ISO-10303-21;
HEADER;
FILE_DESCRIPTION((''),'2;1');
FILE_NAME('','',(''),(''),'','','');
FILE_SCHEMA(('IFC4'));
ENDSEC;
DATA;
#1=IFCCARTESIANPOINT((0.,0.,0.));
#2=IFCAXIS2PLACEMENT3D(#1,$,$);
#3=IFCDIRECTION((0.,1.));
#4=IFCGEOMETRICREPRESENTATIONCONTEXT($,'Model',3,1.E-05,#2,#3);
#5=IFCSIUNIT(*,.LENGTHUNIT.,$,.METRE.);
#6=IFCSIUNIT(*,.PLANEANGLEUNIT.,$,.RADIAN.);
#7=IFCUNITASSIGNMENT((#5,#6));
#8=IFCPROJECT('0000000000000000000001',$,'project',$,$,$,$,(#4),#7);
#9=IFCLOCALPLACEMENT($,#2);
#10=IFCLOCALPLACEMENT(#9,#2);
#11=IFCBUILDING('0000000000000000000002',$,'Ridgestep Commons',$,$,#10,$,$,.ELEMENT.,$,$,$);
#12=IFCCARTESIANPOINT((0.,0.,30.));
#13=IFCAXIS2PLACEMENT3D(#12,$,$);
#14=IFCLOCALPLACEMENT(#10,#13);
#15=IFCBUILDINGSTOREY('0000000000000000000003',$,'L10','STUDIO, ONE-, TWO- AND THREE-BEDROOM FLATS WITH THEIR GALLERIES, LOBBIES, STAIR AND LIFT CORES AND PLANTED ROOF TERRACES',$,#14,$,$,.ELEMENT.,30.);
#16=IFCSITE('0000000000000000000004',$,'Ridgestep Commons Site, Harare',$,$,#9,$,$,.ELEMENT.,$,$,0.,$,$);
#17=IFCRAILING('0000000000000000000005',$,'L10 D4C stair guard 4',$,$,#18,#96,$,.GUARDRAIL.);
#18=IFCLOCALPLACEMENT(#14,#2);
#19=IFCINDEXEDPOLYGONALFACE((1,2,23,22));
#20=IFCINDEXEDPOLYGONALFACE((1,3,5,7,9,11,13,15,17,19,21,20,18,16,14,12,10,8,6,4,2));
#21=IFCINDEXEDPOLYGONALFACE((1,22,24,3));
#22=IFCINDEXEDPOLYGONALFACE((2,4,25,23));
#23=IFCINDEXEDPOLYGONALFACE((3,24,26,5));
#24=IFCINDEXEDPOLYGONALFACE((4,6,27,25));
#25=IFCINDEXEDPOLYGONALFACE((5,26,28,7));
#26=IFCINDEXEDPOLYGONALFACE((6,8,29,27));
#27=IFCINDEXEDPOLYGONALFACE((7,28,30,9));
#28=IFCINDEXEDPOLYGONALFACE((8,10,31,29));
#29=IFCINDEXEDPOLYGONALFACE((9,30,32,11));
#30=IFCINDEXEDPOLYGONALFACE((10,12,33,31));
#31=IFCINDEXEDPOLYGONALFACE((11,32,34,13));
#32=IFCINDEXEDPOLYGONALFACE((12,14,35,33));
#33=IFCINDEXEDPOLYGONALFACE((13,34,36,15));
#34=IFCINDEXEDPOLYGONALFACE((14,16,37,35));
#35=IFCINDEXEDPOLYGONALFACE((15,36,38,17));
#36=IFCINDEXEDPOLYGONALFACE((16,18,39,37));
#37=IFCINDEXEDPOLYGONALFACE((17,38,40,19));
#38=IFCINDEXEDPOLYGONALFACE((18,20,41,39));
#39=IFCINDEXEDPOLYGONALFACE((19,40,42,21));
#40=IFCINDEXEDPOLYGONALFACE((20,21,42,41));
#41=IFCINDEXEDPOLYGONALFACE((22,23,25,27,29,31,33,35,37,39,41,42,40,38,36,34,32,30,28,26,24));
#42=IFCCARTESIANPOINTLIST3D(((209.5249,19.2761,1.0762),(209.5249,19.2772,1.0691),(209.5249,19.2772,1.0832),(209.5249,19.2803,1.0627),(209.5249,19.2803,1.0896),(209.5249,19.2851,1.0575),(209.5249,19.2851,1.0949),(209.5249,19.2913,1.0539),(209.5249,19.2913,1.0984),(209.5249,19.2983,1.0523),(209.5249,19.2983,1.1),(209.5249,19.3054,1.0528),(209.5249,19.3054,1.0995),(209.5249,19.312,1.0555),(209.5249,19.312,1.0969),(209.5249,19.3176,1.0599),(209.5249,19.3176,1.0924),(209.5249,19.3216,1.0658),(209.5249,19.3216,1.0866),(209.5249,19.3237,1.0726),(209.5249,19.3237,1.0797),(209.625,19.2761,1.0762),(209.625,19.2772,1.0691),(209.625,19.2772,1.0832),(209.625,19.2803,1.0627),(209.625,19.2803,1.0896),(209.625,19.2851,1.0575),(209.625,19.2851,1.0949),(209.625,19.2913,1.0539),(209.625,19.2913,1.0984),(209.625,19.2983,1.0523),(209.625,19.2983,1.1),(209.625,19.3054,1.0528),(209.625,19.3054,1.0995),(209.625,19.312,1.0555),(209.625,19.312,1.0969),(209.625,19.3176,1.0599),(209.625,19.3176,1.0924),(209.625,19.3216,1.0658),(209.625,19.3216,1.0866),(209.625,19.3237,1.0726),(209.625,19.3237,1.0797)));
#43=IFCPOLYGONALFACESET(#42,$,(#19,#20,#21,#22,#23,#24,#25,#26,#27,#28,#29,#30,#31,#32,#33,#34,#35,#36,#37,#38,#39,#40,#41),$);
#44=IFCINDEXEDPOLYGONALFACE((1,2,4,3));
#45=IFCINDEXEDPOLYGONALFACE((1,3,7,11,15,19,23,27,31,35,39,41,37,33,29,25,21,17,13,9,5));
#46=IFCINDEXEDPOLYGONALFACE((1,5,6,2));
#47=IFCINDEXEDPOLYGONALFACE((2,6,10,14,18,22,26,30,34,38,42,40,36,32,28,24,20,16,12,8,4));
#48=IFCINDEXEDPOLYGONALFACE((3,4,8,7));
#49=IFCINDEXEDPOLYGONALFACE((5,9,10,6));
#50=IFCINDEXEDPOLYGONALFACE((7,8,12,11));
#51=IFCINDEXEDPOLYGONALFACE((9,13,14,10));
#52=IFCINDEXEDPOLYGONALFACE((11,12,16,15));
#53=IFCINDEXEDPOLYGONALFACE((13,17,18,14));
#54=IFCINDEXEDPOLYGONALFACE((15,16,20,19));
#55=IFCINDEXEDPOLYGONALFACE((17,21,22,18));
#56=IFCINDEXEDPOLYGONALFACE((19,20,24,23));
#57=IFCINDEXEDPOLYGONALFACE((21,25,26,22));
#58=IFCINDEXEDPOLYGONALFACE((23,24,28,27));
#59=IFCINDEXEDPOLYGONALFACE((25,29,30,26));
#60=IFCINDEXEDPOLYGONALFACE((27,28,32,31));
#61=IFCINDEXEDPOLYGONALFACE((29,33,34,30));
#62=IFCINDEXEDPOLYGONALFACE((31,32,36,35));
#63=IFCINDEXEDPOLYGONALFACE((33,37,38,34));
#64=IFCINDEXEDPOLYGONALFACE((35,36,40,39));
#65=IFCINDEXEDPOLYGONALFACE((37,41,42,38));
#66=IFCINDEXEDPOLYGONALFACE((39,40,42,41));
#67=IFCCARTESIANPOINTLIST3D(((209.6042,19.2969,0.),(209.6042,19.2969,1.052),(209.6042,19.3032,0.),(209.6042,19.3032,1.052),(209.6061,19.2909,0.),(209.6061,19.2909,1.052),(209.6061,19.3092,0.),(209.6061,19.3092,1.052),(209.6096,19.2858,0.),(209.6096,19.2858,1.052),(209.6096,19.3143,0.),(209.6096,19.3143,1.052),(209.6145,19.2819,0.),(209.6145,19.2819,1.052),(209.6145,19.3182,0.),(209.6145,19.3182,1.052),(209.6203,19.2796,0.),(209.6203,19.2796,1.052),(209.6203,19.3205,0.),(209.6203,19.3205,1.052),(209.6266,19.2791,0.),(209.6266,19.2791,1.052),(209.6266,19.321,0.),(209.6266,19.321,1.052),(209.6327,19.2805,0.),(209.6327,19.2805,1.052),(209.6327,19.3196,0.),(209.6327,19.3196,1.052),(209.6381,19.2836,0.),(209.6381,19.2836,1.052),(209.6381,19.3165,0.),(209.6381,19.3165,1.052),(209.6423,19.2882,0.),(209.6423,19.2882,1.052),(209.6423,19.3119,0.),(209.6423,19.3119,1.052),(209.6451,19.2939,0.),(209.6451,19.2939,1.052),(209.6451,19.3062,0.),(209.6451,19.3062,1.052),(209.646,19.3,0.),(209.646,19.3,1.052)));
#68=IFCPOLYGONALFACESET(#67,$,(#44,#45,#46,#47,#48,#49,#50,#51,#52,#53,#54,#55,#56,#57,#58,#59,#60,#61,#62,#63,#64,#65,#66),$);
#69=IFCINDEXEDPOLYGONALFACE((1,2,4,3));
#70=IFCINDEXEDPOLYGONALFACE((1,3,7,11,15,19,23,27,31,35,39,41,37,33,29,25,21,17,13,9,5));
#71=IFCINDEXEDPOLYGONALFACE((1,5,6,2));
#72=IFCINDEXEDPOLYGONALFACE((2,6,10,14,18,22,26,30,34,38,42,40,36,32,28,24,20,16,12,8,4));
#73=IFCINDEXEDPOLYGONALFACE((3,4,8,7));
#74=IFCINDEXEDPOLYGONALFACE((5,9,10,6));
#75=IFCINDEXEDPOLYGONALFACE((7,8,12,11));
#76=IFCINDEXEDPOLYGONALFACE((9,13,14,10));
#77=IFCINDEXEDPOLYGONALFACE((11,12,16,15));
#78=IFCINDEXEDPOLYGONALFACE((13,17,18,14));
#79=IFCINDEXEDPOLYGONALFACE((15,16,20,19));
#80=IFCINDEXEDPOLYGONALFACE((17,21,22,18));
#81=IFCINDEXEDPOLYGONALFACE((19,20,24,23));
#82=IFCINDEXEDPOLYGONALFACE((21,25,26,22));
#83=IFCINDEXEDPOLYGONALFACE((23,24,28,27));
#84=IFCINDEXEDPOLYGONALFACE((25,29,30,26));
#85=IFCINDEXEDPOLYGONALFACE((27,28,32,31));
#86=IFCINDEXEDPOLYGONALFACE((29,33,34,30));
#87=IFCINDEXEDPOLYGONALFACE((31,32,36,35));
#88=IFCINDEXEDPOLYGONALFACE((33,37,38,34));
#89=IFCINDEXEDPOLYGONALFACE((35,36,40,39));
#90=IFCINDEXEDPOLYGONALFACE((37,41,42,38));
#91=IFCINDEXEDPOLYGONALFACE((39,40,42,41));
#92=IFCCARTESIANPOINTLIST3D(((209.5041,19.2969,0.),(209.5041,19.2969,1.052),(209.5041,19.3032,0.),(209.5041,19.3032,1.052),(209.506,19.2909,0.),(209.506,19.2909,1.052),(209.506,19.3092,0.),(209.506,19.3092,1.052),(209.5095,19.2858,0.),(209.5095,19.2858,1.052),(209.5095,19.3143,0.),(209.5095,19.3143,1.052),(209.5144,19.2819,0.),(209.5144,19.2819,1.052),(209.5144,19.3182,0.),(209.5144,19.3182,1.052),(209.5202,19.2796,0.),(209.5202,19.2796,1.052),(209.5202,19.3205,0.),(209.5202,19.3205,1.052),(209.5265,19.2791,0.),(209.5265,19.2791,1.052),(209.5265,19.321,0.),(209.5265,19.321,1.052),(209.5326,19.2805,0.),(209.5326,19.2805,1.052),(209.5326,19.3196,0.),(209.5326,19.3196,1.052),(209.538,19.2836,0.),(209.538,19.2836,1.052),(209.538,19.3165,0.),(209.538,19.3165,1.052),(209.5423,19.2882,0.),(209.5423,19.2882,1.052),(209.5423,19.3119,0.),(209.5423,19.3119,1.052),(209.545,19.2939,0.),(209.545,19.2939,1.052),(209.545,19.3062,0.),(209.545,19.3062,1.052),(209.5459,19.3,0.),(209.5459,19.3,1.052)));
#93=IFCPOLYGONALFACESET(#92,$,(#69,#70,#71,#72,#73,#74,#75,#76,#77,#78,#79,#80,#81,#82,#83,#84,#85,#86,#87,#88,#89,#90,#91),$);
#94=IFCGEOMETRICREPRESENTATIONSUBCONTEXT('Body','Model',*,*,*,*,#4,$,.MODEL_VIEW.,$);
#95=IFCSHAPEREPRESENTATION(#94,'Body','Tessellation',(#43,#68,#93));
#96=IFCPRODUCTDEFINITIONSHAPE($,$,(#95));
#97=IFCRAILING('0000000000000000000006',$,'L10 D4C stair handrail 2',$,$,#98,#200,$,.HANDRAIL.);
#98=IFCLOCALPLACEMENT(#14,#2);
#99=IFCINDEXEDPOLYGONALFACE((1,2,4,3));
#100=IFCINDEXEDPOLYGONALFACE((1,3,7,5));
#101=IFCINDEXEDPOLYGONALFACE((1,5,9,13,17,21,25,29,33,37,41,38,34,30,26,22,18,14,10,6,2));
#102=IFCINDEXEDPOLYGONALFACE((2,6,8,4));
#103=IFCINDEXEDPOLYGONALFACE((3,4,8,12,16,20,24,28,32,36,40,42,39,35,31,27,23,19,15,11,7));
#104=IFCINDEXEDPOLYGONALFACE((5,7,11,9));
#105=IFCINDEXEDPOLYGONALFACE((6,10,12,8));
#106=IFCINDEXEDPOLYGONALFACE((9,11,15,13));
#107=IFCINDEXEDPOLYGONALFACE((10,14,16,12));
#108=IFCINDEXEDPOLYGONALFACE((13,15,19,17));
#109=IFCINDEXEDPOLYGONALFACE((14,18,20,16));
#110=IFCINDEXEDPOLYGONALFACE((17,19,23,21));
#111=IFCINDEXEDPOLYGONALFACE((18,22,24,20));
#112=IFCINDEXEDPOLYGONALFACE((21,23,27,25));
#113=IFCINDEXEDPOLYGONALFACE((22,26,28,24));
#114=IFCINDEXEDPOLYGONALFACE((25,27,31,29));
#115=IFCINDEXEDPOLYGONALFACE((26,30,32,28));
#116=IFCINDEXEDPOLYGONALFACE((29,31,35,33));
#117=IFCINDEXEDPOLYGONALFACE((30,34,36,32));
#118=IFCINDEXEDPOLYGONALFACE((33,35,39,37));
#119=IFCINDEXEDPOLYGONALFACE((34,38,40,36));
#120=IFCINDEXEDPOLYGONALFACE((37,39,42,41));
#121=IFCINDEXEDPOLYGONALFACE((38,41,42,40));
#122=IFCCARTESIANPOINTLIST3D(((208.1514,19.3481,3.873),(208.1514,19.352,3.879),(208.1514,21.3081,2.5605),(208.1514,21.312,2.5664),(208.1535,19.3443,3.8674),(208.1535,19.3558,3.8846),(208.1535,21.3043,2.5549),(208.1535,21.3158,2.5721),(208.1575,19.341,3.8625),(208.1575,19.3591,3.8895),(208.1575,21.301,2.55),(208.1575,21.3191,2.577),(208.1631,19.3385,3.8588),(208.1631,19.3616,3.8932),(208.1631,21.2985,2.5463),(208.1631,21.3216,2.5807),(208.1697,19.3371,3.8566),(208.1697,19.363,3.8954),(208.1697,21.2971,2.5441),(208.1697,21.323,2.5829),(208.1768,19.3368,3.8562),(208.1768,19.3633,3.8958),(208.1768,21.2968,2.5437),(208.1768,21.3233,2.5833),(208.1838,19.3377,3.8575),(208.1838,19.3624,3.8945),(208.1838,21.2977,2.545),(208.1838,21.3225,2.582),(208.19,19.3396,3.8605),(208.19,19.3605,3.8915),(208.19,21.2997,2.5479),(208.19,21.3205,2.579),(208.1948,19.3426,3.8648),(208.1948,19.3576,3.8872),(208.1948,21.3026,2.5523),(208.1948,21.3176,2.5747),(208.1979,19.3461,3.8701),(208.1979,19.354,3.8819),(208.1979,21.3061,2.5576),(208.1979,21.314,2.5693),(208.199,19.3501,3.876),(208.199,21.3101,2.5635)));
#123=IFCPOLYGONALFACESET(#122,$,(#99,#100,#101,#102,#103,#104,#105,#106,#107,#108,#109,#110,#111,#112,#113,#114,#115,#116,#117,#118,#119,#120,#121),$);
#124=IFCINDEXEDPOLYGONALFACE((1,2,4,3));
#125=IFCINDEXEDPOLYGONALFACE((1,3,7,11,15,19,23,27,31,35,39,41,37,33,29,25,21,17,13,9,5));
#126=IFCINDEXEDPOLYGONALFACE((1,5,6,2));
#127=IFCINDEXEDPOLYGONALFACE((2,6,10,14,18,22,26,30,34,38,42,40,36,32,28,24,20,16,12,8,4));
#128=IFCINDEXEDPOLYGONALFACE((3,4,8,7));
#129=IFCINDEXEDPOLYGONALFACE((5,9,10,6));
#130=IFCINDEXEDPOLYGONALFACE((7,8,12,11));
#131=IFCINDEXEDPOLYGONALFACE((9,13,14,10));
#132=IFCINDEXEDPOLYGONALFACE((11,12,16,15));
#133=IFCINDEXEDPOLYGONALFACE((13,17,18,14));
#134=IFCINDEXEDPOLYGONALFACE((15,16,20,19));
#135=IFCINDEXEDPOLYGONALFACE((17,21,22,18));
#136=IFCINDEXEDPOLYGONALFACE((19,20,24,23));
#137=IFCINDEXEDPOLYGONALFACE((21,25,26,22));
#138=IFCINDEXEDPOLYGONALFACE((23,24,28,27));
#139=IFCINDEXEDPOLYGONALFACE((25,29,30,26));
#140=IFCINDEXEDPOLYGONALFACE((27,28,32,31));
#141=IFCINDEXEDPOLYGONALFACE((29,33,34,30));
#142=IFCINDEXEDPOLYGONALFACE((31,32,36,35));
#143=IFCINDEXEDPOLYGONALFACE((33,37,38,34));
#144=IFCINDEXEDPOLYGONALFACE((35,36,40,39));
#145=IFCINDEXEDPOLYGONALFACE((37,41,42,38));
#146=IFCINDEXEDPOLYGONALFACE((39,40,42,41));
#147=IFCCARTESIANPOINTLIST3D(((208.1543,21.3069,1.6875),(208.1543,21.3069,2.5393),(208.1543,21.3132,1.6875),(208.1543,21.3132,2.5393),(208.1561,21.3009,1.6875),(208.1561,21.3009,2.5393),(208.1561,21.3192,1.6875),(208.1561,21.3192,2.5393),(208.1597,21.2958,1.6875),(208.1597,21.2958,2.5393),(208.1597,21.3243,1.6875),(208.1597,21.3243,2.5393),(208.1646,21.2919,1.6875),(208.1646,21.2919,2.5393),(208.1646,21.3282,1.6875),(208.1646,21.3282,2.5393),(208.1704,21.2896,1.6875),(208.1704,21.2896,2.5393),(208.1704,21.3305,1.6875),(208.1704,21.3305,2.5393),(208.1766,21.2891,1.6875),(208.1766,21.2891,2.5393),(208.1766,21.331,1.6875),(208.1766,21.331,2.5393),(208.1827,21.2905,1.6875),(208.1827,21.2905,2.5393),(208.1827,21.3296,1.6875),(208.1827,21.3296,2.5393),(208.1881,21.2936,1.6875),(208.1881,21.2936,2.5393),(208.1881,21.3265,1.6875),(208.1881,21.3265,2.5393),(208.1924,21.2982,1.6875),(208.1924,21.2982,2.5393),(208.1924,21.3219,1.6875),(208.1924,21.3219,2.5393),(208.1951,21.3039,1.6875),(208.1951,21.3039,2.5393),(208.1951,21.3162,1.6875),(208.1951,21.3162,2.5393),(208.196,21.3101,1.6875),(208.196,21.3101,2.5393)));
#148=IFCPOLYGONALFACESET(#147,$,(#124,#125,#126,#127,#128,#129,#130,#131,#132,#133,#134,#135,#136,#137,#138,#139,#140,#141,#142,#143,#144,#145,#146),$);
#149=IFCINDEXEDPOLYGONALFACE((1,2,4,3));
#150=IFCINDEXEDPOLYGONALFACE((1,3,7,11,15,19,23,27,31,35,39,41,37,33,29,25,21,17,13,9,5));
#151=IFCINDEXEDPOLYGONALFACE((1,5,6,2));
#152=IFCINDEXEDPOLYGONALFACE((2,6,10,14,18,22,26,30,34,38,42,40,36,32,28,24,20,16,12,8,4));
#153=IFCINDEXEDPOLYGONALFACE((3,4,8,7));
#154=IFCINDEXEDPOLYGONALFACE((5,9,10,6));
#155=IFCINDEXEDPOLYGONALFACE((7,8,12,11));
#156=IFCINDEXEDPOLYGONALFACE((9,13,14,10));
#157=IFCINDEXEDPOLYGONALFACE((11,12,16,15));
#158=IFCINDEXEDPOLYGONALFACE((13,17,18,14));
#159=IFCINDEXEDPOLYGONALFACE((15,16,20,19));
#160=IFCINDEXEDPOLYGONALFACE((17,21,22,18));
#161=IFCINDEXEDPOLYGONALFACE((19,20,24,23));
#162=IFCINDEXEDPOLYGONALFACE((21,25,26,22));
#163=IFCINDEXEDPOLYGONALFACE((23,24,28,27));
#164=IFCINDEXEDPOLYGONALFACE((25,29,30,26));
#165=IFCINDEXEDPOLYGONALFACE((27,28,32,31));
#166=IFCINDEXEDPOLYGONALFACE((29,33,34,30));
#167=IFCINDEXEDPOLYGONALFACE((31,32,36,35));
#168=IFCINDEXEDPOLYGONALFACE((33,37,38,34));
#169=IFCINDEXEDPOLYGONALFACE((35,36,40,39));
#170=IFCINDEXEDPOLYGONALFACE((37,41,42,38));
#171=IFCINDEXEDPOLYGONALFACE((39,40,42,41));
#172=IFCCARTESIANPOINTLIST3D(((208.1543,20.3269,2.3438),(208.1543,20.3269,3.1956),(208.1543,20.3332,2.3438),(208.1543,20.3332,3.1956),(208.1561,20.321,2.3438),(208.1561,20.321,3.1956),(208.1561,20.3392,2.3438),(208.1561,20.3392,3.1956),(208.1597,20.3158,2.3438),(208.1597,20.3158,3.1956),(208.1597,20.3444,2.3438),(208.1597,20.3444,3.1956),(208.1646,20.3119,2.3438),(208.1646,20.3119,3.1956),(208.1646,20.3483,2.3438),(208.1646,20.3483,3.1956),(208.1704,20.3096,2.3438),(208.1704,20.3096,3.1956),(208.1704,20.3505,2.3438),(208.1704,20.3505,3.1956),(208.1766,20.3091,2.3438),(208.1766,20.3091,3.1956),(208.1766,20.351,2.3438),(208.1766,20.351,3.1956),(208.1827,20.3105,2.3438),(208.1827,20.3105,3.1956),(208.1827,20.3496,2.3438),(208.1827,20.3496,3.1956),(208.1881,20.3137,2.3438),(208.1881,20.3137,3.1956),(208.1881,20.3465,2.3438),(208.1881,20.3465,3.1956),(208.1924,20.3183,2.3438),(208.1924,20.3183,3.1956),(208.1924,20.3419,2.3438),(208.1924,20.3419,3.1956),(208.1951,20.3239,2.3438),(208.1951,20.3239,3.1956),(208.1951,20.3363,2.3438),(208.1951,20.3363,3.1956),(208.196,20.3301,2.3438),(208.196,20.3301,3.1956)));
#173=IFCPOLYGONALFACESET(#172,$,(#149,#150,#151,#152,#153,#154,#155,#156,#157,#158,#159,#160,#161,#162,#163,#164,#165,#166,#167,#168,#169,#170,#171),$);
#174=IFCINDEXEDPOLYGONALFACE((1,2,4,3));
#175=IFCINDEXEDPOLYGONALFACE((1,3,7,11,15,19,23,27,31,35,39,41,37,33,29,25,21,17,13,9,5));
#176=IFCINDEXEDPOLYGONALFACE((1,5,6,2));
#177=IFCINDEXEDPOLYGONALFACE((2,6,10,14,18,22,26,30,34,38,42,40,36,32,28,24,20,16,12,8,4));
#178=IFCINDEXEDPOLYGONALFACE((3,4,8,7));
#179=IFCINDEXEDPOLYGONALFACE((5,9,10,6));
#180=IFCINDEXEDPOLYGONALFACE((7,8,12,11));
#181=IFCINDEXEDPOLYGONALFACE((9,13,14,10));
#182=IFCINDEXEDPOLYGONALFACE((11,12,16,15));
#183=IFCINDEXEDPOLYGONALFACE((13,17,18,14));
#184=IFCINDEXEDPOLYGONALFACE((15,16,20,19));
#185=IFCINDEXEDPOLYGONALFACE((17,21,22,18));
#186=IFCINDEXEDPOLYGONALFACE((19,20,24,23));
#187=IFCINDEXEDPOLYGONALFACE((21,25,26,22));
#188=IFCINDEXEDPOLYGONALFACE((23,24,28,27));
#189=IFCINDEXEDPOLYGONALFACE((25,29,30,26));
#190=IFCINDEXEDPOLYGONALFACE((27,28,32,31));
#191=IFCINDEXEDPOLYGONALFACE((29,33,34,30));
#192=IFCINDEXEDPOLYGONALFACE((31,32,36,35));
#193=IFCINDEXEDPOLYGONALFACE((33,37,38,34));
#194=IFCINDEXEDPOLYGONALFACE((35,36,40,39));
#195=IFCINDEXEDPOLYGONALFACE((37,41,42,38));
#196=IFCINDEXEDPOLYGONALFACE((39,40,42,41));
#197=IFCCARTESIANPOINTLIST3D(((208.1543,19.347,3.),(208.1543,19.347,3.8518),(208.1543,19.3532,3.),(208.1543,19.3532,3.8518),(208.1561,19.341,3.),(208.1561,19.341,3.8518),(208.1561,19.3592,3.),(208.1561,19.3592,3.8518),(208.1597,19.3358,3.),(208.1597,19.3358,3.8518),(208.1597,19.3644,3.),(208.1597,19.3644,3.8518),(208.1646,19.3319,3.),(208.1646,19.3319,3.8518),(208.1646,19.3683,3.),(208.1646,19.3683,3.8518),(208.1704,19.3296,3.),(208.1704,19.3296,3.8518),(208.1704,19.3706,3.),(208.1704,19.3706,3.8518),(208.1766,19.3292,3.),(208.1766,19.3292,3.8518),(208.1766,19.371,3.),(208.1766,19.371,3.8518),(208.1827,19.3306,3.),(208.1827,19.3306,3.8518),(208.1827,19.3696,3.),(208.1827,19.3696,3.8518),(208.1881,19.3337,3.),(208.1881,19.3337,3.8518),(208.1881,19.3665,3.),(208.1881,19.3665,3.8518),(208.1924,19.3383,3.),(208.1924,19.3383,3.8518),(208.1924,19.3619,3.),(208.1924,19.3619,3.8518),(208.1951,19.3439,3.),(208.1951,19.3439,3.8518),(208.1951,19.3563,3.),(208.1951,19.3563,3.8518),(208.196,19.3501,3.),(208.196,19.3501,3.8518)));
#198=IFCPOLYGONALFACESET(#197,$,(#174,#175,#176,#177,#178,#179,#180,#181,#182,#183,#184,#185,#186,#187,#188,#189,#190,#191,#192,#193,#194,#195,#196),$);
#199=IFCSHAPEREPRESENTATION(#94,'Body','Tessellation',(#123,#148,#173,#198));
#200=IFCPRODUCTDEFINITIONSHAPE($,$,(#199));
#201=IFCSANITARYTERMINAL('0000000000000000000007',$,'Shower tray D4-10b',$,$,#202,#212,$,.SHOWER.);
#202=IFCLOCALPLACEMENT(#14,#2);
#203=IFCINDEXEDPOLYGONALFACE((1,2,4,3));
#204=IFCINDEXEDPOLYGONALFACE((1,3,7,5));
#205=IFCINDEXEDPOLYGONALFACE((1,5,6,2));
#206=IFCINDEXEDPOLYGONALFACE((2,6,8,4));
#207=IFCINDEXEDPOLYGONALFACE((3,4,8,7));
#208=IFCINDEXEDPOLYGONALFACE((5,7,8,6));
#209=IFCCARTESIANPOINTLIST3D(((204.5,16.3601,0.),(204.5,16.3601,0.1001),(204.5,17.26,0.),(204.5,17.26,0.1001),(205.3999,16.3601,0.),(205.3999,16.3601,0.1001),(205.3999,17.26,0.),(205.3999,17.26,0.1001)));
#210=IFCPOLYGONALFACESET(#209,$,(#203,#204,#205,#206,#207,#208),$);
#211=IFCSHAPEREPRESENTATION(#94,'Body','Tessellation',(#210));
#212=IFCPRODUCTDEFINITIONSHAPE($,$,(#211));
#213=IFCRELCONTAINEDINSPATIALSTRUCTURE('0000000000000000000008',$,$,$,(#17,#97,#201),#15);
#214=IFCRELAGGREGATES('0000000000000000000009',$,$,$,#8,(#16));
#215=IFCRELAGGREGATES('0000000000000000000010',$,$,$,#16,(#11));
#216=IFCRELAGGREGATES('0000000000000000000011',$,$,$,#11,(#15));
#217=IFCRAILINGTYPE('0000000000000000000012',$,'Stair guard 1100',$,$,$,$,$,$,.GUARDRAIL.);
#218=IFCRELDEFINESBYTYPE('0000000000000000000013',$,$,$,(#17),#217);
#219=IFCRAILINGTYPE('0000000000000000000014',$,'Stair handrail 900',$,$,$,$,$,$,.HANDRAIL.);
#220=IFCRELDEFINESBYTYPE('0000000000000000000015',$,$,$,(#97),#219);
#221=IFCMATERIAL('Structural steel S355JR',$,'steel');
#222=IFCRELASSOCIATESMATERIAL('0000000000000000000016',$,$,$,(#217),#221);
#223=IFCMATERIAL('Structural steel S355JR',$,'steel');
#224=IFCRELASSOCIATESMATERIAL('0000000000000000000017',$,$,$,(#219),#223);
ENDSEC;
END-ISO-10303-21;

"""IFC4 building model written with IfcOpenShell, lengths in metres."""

from ifc_helpers import new_model, si_unit, direction, frame, origin, origin_2d, place, context, subcontext, project, spatial, rectangle, circle, extrude, material, type_object, element, save


model = new_model("IFC4")

# Units and contexts
model_context = context("Model", 3, precision=1e-05, world=origin(), true_north=direction((0.0, 1.0)))
body_context = subcontext(model_context, "Body", "Model", "MODEL_VIEW")
ifc_project = project(units=[si_unit("LENGTHUNIT", "METRE"), si_unit("PLANEANGLEUNIT", "RADIAN")], contexts=[model_context])

# Site, building, storey
site_placement = place(None, origin())
site = spatial("IfcSite", under=ifc_project, at=site_placement, Name="Ridgestep Commons Site, Harare", CompositionType="ELEMENT", RefElevation=0.0)
building_placement = place(site_placement, origin())
building = spatial("IfcBuilding", under=site, at=building_placement, Name="Ridgestep Commons", CompositionType="ELEMENT")
storey_placement = place(building_placement, frame((0.0, 0.0, 30.0)))
storey = spatial("IfcBuildingStorey", under=building, at=storey_placement, Name="L10", Description="STUDIO, ONE-, TWO- AND THREE-BEDROOM FLATS WITH THEIR GALLERIES, LOBBIES, STAIR AND LIFT CORES AND PLANTED ROOF TERRACES", CompositionType="ELEMENT", Elevation=30.0)

# Railings
ifc_material_1 = material(Name="Structural steel S355JR", Category="steel")
railing_type_1 = type_object("IfcRailingType", Name="Stair guard 1100", PredefinedType="GUARDRAIL", material=ifc_material_1)
railing_1_placement = place(storey_placement, frame((209.625, 19.3, 0.0)))
element("IfcRailing", 1, at=railing_1_placement, inside=storey, type_object=railing_type_1, Name="L10 D4C stair guard 4", PredefinedType="GUARDRAIL", context=body_context, shape_type="SweptSolid", body=[
    extrude(circle(Radius=0.0239, at=origin_2d()), frame((0.0, 0.0, 1.0762), z_axis=(-1.0, 0.0, 0.0), x_axis=(0.0, -1.0, 0.0)), (0.0, 0.0, 1.0), 0.1001),
    extrude(circle(Radius=0.021, at=origin_2d()), origin(), (0.0, 0.0, 1.0), 1.052),
    extrude(circle(Radius=0.021, at=origin_2d()), frame((-0.1001, 0.0, 0.0)), (0.0, 0.0, 1.0), 1.052),
])
ifc_material_2 = material(Name="Structural steel S355JR", Category="steel")
railing_type_2 = type_object("IfcRailingType", Name="Stair handrail 900", PredefinedType="HANDRAIL", material=ifc_material_2)
railing_2_placement = place(storey_placement, frame((208.175, 21.3101, 1.6875)))
element("IfcRailing", 2, at=railing_2_placement, inside=storey, type_object=railing_type_2, Name="L10 D4C stair handrail 2", PredefinedType="HANDRAIL", context=body_context, shape_type="SweptSolid", body=[
    extrude(circle(Radius=0.0239, at=origin_2d()), frame((0.0, 0.0, 0.876), z_axis=(0.0, -0.830902, 0.556419), x_axis=(1.0, 0.0, 0.0)), (0.0, 0.0, 1.0), 2.3589),
    extrude(circle(Radius=0.021, at=origin_2d()), origin(), (0.0, 0.0, 1.0), 0.8518),
    extrude(circle(Radius=0.021, at=origin_2d()), frame((0.0, -0.98, 0.6562)), (0.0, 0.0, 1.0), 0.8518),
    extrude(circle(Radius=0.021, at=origin_2d()), frame((0.0, -1.96, 1.3125)), (0.0, 0.0, 1.0), 0.8518),
])

# Sanitary terminal
sanitary_terminal_1_placement = place(storey_placement, frame((204.95, 16.8101, 0.0), z_axis=(0.0, 0.0, 1.0), x_axis=(1.0, 0.0, 0.0)))
element("IfcSanitaryTerminal", 3, at=sanitary_terminal_1_placement, inside=storey, Name="Shower tray D4-10b", PredefinedType="SHOWER", context=body_context, shape_type="SweptSolid", body=[
    extrude(rectangle(XDim=0.8999, YDim=0.8999, at=origin_2d()), origin(), (0.0, 0.0, 1.0), 0.1001),
])

save(model, "model.ifc")
